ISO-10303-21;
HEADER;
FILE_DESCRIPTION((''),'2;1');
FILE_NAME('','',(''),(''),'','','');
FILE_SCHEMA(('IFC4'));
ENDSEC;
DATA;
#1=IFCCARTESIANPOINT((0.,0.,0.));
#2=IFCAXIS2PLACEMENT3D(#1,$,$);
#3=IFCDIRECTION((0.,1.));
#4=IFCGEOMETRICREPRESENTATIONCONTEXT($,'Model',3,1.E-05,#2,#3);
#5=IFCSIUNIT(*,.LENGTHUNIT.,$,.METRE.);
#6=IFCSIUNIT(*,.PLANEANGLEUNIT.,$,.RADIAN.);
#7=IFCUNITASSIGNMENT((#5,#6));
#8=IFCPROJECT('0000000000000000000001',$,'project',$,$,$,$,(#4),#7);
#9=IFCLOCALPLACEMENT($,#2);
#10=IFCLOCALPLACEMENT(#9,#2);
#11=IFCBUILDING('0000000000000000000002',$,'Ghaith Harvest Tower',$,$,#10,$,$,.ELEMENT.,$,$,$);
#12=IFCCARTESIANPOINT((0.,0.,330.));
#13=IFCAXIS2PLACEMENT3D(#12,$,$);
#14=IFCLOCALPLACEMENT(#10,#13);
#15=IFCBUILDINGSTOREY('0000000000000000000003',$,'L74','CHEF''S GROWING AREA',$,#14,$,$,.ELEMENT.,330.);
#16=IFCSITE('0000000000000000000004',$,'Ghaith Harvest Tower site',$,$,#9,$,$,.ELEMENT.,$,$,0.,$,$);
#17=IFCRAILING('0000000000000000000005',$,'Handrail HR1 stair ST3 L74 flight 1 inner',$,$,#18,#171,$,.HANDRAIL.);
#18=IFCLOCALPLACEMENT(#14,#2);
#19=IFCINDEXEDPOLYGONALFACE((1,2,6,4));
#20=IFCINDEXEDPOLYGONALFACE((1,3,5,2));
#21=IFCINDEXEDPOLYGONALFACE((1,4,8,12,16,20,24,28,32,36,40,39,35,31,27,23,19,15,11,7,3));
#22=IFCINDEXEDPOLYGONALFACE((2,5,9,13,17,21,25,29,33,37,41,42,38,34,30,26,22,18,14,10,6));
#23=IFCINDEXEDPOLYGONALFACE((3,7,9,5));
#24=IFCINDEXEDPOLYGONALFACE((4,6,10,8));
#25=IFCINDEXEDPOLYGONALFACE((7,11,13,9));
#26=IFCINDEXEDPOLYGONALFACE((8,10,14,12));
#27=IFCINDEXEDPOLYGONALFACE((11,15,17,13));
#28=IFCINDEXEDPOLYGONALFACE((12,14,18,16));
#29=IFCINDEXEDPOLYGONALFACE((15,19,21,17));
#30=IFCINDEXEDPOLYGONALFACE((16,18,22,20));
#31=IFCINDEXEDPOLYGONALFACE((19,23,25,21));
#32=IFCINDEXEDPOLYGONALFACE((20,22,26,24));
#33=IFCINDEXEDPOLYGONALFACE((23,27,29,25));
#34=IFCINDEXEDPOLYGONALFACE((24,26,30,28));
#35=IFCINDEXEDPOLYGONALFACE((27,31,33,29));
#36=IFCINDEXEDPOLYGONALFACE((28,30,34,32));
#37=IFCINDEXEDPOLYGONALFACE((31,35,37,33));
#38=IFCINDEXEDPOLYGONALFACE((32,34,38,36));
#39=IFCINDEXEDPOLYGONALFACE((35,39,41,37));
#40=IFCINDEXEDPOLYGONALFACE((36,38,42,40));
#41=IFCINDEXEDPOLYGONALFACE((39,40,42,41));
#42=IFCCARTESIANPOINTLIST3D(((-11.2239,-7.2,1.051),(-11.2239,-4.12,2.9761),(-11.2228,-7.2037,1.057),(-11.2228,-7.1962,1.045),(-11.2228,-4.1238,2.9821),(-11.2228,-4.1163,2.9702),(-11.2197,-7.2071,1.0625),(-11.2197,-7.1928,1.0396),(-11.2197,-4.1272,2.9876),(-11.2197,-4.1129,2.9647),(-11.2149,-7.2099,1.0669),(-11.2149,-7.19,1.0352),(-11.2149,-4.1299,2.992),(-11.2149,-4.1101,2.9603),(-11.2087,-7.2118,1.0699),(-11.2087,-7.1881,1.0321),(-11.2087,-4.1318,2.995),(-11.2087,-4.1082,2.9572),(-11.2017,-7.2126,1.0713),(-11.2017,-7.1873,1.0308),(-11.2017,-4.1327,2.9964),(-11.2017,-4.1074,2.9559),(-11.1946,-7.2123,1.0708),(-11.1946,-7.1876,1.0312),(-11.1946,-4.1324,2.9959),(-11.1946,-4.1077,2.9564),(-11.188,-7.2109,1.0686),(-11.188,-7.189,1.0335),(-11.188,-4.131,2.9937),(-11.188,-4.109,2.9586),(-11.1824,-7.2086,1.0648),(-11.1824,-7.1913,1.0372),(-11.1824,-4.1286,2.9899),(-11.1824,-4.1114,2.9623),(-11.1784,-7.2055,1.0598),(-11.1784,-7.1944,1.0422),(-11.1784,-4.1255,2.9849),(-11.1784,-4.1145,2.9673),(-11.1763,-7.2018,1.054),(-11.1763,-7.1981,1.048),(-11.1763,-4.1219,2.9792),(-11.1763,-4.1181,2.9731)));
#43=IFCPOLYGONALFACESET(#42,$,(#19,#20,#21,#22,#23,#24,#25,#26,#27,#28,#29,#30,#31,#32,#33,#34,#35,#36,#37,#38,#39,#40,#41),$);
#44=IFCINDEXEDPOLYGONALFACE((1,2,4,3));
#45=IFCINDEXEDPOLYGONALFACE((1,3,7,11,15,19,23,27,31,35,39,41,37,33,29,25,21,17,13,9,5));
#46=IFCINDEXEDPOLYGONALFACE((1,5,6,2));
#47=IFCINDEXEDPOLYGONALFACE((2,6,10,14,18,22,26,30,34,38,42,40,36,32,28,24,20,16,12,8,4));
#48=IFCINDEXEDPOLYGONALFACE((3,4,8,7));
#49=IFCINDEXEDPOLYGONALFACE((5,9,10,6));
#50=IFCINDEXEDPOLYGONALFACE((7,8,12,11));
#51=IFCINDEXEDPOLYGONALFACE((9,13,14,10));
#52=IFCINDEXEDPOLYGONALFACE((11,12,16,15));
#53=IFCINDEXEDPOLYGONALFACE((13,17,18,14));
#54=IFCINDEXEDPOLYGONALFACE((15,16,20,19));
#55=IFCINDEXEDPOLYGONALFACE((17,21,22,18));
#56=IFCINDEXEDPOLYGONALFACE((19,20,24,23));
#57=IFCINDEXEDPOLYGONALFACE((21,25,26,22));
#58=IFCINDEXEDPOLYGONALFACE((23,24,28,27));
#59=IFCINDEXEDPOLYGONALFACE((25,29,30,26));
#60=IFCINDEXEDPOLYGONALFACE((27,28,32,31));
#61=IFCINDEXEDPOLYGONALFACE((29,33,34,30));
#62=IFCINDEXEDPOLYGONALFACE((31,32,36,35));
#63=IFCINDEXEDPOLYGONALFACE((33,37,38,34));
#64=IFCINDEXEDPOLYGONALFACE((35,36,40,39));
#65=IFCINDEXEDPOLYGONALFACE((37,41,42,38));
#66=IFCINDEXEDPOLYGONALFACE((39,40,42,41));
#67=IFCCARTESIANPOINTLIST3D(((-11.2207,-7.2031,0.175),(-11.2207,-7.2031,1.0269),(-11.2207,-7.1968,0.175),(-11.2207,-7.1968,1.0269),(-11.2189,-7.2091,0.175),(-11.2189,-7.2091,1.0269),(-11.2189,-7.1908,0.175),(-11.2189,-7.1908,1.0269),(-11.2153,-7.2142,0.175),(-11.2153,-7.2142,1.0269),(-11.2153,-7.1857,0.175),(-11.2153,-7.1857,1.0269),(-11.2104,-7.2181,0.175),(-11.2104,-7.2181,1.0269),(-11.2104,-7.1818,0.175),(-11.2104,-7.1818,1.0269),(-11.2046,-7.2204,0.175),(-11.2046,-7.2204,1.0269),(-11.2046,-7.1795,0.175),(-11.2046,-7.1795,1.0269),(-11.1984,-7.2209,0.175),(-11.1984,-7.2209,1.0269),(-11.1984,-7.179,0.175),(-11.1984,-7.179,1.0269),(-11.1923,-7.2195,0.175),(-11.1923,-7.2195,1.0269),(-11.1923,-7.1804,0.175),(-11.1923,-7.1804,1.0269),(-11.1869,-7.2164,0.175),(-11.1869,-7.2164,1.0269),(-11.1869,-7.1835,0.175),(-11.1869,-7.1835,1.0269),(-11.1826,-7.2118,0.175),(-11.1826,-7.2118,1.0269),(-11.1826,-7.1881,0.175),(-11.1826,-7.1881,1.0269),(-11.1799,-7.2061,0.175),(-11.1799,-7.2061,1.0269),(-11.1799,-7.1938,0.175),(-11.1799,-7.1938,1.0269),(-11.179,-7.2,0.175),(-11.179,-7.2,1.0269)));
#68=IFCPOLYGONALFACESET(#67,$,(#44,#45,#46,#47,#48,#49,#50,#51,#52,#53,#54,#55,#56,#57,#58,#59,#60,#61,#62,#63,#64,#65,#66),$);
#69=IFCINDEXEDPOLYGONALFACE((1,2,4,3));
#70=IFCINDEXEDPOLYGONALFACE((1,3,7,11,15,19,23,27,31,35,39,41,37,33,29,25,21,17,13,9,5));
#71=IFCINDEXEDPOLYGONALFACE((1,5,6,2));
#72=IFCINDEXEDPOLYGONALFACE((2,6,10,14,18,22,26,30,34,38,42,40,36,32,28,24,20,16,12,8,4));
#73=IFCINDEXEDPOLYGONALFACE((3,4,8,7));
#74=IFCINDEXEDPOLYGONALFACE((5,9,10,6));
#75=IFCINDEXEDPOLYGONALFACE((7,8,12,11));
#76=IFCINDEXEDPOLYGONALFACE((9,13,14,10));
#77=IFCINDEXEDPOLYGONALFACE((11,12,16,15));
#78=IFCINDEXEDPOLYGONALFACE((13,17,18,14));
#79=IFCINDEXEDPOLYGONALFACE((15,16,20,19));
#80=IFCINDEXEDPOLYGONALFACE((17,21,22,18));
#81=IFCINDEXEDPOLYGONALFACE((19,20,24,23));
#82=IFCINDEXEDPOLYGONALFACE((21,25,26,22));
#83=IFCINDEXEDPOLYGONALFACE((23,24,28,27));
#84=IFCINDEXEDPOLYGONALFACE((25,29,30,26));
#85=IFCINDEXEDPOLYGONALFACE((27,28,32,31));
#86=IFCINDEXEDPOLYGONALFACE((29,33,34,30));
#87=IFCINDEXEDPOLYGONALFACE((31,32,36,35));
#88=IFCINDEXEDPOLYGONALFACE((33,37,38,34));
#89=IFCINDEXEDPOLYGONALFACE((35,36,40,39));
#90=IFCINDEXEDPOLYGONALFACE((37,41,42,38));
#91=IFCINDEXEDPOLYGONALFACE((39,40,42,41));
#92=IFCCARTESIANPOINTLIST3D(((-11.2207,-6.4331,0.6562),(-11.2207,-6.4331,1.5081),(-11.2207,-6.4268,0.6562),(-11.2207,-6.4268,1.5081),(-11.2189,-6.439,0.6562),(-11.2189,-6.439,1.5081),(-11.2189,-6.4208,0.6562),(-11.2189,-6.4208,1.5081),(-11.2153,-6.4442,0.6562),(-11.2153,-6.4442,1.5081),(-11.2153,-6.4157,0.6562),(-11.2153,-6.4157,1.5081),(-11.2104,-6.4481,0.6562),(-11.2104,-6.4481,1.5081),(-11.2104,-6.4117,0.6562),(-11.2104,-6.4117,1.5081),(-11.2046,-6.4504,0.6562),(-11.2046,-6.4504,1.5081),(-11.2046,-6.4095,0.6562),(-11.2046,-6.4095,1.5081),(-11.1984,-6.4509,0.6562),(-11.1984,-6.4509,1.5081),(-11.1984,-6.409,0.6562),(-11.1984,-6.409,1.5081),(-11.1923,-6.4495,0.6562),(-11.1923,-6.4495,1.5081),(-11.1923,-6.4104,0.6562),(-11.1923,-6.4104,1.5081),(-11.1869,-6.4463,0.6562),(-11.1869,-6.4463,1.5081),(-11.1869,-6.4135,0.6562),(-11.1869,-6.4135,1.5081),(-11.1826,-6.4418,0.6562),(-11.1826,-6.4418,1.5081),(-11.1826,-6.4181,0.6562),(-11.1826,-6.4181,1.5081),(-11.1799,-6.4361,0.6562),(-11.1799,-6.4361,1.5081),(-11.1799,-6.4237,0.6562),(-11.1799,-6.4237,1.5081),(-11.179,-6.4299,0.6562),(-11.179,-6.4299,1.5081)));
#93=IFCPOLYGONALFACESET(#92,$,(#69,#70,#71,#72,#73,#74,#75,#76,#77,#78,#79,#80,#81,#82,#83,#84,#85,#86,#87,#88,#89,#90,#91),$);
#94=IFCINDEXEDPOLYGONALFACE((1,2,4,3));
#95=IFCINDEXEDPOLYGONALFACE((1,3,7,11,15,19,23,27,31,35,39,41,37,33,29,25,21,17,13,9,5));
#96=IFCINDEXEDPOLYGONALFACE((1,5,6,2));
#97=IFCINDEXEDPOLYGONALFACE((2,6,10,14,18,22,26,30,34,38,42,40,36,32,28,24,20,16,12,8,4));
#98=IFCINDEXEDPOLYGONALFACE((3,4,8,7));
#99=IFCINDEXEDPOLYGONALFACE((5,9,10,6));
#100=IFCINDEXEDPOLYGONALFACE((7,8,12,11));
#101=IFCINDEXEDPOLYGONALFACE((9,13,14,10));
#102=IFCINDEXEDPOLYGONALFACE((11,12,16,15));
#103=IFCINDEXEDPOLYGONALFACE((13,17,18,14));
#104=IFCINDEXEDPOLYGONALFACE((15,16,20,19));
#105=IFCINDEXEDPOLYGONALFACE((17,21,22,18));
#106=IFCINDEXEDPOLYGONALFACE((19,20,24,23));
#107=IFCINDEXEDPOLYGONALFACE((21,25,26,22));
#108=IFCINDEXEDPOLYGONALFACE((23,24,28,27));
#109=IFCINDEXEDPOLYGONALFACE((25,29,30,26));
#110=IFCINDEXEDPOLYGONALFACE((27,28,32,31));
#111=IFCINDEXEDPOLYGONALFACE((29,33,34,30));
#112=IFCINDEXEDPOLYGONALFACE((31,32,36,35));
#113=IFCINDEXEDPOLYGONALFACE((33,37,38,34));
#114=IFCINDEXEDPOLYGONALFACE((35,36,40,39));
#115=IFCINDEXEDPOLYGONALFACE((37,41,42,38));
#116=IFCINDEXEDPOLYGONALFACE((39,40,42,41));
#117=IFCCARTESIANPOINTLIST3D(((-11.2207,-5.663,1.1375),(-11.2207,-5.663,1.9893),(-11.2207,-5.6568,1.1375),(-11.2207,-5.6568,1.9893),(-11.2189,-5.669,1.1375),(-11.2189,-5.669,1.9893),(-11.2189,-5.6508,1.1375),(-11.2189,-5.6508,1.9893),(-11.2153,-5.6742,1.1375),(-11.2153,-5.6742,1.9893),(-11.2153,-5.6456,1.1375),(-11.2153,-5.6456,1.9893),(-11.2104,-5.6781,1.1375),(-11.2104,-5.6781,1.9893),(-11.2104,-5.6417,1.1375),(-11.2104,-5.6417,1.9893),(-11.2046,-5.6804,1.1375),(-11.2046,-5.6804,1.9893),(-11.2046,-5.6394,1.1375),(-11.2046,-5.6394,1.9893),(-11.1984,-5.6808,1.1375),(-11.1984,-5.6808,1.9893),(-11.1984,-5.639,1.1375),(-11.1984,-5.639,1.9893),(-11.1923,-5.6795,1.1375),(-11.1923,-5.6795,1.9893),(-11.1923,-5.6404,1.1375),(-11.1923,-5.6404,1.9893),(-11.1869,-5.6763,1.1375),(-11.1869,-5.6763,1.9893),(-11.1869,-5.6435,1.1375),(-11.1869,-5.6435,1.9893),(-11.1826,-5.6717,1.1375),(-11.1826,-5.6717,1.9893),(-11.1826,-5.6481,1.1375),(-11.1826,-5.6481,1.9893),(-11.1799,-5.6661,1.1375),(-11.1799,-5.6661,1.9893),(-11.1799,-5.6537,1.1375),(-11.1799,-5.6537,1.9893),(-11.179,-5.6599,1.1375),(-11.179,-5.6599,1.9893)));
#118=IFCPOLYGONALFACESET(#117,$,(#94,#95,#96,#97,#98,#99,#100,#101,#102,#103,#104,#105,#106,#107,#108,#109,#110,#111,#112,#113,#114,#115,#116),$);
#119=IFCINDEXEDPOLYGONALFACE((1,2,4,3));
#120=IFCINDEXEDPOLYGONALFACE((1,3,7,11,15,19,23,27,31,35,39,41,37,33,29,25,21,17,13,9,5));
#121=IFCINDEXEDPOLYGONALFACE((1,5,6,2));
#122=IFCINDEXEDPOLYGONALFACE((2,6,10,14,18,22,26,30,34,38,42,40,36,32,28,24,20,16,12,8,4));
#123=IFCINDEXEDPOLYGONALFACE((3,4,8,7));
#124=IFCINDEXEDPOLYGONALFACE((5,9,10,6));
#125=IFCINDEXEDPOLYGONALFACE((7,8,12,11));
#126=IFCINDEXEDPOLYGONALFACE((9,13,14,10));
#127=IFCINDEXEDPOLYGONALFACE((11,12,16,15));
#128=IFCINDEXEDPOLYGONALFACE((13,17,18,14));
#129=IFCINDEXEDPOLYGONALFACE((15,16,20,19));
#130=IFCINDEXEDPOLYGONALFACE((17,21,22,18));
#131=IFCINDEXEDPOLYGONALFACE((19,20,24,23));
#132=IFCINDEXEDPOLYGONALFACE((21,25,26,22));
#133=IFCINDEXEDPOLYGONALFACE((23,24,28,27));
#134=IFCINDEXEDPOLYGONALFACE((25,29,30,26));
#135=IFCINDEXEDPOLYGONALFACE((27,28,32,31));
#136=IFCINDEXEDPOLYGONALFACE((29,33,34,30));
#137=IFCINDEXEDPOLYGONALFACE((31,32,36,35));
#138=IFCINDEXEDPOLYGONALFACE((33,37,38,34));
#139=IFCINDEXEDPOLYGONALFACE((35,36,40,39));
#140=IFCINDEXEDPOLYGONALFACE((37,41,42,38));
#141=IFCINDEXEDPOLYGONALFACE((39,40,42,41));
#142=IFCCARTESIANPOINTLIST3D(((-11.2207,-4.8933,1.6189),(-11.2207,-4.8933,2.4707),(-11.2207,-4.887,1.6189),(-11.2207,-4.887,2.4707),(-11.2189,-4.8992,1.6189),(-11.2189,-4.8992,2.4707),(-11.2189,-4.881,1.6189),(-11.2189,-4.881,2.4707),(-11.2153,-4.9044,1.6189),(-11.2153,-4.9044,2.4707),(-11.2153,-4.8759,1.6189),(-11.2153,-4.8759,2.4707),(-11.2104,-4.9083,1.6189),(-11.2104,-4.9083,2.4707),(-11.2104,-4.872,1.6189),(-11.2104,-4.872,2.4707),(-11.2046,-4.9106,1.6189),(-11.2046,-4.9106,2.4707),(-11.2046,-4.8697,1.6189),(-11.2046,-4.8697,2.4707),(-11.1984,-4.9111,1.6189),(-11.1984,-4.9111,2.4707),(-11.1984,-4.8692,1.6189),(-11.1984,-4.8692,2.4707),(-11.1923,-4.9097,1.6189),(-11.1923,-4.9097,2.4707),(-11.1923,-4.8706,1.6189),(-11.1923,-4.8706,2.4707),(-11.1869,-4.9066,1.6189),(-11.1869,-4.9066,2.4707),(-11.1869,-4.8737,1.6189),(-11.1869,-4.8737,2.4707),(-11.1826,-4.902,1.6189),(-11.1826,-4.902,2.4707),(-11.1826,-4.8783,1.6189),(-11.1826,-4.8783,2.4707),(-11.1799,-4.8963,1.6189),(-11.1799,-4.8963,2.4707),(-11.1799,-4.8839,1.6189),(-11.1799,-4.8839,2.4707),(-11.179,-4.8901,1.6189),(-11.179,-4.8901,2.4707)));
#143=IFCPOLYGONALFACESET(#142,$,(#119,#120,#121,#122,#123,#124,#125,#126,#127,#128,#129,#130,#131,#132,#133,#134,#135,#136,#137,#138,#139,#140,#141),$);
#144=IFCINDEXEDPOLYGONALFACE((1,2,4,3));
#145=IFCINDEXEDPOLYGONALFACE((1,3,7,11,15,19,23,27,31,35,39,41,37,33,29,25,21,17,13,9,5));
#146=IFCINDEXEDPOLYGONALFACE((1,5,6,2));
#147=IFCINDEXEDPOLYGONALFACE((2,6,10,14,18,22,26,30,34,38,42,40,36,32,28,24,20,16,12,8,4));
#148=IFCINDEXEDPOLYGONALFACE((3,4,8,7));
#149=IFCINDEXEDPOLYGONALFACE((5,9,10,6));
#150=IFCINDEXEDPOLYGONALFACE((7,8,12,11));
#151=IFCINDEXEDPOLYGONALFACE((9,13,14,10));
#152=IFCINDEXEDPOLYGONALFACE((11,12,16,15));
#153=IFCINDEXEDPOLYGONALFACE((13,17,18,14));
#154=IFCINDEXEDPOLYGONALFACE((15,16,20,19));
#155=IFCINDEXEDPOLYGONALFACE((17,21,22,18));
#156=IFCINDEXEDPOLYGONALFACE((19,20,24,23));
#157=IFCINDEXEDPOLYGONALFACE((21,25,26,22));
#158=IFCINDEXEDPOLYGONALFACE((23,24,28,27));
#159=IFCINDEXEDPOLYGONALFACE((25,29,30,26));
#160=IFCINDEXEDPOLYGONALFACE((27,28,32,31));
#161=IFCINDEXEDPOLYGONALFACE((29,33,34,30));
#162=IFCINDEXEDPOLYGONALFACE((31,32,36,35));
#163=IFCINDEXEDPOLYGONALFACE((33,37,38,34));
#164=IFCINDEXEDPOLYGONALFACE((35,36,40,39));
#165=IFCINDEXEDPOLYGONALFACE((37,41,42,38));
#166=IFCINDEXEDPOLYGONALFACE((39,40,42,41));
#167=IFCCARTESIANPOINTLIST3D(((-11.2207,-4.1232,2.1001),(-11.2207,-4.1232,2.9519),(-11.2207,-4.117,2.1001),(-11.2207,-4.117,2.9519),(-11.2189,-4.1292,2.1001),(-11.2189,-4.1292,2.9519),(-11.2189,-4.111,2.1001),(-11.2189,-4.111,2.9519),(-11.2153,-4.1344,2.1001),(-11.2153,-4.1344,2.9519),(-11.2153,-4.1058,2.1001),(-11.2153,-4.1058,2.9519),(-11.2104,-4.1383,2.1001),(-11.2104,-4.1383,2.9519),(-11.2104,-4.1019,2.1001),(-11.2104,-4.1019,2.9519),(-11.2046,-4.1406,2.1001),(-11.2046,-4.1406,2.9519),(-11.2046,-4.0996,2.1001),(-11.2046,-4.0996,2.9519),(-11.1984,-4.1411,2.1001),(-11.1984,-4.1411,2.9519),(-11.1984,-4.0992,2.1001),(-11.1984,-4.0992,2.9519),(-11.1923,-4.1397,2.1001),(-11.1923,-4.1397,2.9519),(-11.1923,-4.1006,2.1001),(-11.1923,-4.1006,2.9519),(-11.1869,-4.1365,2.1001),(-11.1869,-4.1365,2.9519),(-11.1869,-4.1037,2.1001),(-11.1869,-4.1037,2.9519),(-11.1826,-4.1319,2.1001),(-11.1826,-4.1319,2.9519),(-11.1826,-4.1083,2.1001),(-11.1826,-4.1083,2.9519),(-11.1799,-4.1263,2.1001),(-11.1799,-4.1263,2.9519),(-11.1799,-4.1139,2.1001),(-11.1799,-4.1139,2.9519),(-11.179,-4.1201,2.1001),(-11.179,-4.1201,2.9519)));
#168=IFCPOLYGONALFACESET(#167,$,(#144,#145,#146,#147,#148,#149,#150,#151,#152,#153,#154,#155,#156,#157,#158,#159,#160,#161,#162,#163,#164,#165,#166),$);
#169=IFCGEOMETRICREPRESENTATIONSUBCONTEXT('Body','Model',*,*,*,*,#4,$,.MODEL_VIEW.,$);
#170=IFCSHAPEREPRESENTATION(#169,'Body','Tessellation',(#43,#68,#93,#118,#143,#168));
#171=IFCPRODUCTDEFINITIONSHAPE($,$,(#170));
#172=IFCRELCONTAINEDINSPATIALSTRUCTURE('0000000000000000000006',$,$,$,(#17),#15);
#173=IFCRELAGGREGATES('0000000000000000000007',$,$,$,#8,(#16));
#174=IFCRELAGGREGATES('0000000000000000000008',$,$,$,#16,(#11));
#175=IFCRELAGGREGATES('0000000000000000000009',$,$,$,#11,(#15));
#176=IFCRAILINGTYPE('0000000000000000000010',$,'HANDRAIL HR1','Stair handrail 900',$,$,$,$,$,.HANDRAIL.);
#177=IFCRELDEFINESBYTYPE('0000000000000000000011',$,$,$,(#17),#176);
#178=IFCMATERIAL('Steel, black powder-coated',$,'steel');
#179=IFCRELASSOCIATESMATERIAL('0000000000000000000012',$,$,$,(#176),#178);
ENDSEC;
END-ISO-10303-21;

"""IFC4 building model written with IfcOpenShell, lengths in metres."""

from ifc_helpers import new_model, si_unit, direction, frame, origin, origin_2d, place, context, subcontext, project, spatial, circle, extrude, material, type_object, element, save


model = new_model("IFC4")

# Units and contexts
model_context = context("Model", 3, precision=1e-05, world=origin(), true_north=direction((0.0, 1.0)))
body_context = subcontext(model_context, "Body", "Model", "MODEL_VIEW")
ifc_project = project(units=[si_unit("LENGTHUNIT", "METRE"), si_unit("PLANEANGLEUNIT", "RADIAN")], contexts=[model_context])

# Site, building, storey
site_placement = place(None, origin())
site = spatial("IfcSite", under=ifc_project, at=site_placement, Name="Ghaith Harvest Tower site", CompositionType="ELEMENT", RefElevation=0.0)
building_placement = place(site_placement, origin())
building = spatial("IfcBuilding", under=site, at=building_placement, Name="Ghaith Harvest Tower", CompositionType="ELEMENT")
storey_placement = place(building_placement, frame((0.0, 0.0, 330.0)))
storey = spatial("IfcBuildingStorey", under=building, at=storey_placement, Name="L74", Description="CHEF'S GROWING AREA", CompositionType="ELEMENT", Elevation=330.0)

# Railing
ifc_material_1 = material(Name="Steel, black powder-coated", Category="steel")
railing_type = type_object("IfcRailingType", Name="HANDRAIL HR1", Description="Stair handrail 900", PredefinedType="HANDRAIL", material=ifc_material_1)
railing_1_placement = place(storey_placement, frame((-11.2, -7.2, 0.175)))
element("IfcRailing", 1, at=railing_1_placement, inside=storey, type_object=railing_type, Name="Handrail HR1 stair ST3 L74 flight 1 inner", PredefinedType="HANDRAIL", context=body_context, shape_type="SweptSolid", body=[
    extrude(circle(Radius=0.0239, at=origin_2d()), frame((0.0, 0.0, 0.876), z_axis=(0.0, 0.847979, 0.530029), x_axis=(-1.0, 0.0, 0.0)), (0.0, 0.0, 1.0), 3.6321),
    extrude(circle(Radius=0.021, at=origin_2d()), origin(), (0.0, 0.0, 1.0), 0.8518),
    extrude(circle(Radius=0.021, at=origin_2d()), frame((0.0, 0.77, 0.4812)), (0.0, 0.0, 1.0), 0.8518),
    extrude(circle(Radius=0.021, at=origin_2d()), frame((0.0, 1.54, 0.9624)), (0.0, 0.0, 1.0), 0.8518),
    extrude(circle(Radius=0.021, at=origin_2d()), frame((0.0, 2.3098, 1.4438)), (0.0, 0.0, 1.0), 0.8518),
    extrude(circle(Radius=0.021, at=origin_2d()), frame((0.0, 3.0798, 1.925)), (0.0, 0.0, 1.0), 0.8518),
])

save(model, "model.ifc")
